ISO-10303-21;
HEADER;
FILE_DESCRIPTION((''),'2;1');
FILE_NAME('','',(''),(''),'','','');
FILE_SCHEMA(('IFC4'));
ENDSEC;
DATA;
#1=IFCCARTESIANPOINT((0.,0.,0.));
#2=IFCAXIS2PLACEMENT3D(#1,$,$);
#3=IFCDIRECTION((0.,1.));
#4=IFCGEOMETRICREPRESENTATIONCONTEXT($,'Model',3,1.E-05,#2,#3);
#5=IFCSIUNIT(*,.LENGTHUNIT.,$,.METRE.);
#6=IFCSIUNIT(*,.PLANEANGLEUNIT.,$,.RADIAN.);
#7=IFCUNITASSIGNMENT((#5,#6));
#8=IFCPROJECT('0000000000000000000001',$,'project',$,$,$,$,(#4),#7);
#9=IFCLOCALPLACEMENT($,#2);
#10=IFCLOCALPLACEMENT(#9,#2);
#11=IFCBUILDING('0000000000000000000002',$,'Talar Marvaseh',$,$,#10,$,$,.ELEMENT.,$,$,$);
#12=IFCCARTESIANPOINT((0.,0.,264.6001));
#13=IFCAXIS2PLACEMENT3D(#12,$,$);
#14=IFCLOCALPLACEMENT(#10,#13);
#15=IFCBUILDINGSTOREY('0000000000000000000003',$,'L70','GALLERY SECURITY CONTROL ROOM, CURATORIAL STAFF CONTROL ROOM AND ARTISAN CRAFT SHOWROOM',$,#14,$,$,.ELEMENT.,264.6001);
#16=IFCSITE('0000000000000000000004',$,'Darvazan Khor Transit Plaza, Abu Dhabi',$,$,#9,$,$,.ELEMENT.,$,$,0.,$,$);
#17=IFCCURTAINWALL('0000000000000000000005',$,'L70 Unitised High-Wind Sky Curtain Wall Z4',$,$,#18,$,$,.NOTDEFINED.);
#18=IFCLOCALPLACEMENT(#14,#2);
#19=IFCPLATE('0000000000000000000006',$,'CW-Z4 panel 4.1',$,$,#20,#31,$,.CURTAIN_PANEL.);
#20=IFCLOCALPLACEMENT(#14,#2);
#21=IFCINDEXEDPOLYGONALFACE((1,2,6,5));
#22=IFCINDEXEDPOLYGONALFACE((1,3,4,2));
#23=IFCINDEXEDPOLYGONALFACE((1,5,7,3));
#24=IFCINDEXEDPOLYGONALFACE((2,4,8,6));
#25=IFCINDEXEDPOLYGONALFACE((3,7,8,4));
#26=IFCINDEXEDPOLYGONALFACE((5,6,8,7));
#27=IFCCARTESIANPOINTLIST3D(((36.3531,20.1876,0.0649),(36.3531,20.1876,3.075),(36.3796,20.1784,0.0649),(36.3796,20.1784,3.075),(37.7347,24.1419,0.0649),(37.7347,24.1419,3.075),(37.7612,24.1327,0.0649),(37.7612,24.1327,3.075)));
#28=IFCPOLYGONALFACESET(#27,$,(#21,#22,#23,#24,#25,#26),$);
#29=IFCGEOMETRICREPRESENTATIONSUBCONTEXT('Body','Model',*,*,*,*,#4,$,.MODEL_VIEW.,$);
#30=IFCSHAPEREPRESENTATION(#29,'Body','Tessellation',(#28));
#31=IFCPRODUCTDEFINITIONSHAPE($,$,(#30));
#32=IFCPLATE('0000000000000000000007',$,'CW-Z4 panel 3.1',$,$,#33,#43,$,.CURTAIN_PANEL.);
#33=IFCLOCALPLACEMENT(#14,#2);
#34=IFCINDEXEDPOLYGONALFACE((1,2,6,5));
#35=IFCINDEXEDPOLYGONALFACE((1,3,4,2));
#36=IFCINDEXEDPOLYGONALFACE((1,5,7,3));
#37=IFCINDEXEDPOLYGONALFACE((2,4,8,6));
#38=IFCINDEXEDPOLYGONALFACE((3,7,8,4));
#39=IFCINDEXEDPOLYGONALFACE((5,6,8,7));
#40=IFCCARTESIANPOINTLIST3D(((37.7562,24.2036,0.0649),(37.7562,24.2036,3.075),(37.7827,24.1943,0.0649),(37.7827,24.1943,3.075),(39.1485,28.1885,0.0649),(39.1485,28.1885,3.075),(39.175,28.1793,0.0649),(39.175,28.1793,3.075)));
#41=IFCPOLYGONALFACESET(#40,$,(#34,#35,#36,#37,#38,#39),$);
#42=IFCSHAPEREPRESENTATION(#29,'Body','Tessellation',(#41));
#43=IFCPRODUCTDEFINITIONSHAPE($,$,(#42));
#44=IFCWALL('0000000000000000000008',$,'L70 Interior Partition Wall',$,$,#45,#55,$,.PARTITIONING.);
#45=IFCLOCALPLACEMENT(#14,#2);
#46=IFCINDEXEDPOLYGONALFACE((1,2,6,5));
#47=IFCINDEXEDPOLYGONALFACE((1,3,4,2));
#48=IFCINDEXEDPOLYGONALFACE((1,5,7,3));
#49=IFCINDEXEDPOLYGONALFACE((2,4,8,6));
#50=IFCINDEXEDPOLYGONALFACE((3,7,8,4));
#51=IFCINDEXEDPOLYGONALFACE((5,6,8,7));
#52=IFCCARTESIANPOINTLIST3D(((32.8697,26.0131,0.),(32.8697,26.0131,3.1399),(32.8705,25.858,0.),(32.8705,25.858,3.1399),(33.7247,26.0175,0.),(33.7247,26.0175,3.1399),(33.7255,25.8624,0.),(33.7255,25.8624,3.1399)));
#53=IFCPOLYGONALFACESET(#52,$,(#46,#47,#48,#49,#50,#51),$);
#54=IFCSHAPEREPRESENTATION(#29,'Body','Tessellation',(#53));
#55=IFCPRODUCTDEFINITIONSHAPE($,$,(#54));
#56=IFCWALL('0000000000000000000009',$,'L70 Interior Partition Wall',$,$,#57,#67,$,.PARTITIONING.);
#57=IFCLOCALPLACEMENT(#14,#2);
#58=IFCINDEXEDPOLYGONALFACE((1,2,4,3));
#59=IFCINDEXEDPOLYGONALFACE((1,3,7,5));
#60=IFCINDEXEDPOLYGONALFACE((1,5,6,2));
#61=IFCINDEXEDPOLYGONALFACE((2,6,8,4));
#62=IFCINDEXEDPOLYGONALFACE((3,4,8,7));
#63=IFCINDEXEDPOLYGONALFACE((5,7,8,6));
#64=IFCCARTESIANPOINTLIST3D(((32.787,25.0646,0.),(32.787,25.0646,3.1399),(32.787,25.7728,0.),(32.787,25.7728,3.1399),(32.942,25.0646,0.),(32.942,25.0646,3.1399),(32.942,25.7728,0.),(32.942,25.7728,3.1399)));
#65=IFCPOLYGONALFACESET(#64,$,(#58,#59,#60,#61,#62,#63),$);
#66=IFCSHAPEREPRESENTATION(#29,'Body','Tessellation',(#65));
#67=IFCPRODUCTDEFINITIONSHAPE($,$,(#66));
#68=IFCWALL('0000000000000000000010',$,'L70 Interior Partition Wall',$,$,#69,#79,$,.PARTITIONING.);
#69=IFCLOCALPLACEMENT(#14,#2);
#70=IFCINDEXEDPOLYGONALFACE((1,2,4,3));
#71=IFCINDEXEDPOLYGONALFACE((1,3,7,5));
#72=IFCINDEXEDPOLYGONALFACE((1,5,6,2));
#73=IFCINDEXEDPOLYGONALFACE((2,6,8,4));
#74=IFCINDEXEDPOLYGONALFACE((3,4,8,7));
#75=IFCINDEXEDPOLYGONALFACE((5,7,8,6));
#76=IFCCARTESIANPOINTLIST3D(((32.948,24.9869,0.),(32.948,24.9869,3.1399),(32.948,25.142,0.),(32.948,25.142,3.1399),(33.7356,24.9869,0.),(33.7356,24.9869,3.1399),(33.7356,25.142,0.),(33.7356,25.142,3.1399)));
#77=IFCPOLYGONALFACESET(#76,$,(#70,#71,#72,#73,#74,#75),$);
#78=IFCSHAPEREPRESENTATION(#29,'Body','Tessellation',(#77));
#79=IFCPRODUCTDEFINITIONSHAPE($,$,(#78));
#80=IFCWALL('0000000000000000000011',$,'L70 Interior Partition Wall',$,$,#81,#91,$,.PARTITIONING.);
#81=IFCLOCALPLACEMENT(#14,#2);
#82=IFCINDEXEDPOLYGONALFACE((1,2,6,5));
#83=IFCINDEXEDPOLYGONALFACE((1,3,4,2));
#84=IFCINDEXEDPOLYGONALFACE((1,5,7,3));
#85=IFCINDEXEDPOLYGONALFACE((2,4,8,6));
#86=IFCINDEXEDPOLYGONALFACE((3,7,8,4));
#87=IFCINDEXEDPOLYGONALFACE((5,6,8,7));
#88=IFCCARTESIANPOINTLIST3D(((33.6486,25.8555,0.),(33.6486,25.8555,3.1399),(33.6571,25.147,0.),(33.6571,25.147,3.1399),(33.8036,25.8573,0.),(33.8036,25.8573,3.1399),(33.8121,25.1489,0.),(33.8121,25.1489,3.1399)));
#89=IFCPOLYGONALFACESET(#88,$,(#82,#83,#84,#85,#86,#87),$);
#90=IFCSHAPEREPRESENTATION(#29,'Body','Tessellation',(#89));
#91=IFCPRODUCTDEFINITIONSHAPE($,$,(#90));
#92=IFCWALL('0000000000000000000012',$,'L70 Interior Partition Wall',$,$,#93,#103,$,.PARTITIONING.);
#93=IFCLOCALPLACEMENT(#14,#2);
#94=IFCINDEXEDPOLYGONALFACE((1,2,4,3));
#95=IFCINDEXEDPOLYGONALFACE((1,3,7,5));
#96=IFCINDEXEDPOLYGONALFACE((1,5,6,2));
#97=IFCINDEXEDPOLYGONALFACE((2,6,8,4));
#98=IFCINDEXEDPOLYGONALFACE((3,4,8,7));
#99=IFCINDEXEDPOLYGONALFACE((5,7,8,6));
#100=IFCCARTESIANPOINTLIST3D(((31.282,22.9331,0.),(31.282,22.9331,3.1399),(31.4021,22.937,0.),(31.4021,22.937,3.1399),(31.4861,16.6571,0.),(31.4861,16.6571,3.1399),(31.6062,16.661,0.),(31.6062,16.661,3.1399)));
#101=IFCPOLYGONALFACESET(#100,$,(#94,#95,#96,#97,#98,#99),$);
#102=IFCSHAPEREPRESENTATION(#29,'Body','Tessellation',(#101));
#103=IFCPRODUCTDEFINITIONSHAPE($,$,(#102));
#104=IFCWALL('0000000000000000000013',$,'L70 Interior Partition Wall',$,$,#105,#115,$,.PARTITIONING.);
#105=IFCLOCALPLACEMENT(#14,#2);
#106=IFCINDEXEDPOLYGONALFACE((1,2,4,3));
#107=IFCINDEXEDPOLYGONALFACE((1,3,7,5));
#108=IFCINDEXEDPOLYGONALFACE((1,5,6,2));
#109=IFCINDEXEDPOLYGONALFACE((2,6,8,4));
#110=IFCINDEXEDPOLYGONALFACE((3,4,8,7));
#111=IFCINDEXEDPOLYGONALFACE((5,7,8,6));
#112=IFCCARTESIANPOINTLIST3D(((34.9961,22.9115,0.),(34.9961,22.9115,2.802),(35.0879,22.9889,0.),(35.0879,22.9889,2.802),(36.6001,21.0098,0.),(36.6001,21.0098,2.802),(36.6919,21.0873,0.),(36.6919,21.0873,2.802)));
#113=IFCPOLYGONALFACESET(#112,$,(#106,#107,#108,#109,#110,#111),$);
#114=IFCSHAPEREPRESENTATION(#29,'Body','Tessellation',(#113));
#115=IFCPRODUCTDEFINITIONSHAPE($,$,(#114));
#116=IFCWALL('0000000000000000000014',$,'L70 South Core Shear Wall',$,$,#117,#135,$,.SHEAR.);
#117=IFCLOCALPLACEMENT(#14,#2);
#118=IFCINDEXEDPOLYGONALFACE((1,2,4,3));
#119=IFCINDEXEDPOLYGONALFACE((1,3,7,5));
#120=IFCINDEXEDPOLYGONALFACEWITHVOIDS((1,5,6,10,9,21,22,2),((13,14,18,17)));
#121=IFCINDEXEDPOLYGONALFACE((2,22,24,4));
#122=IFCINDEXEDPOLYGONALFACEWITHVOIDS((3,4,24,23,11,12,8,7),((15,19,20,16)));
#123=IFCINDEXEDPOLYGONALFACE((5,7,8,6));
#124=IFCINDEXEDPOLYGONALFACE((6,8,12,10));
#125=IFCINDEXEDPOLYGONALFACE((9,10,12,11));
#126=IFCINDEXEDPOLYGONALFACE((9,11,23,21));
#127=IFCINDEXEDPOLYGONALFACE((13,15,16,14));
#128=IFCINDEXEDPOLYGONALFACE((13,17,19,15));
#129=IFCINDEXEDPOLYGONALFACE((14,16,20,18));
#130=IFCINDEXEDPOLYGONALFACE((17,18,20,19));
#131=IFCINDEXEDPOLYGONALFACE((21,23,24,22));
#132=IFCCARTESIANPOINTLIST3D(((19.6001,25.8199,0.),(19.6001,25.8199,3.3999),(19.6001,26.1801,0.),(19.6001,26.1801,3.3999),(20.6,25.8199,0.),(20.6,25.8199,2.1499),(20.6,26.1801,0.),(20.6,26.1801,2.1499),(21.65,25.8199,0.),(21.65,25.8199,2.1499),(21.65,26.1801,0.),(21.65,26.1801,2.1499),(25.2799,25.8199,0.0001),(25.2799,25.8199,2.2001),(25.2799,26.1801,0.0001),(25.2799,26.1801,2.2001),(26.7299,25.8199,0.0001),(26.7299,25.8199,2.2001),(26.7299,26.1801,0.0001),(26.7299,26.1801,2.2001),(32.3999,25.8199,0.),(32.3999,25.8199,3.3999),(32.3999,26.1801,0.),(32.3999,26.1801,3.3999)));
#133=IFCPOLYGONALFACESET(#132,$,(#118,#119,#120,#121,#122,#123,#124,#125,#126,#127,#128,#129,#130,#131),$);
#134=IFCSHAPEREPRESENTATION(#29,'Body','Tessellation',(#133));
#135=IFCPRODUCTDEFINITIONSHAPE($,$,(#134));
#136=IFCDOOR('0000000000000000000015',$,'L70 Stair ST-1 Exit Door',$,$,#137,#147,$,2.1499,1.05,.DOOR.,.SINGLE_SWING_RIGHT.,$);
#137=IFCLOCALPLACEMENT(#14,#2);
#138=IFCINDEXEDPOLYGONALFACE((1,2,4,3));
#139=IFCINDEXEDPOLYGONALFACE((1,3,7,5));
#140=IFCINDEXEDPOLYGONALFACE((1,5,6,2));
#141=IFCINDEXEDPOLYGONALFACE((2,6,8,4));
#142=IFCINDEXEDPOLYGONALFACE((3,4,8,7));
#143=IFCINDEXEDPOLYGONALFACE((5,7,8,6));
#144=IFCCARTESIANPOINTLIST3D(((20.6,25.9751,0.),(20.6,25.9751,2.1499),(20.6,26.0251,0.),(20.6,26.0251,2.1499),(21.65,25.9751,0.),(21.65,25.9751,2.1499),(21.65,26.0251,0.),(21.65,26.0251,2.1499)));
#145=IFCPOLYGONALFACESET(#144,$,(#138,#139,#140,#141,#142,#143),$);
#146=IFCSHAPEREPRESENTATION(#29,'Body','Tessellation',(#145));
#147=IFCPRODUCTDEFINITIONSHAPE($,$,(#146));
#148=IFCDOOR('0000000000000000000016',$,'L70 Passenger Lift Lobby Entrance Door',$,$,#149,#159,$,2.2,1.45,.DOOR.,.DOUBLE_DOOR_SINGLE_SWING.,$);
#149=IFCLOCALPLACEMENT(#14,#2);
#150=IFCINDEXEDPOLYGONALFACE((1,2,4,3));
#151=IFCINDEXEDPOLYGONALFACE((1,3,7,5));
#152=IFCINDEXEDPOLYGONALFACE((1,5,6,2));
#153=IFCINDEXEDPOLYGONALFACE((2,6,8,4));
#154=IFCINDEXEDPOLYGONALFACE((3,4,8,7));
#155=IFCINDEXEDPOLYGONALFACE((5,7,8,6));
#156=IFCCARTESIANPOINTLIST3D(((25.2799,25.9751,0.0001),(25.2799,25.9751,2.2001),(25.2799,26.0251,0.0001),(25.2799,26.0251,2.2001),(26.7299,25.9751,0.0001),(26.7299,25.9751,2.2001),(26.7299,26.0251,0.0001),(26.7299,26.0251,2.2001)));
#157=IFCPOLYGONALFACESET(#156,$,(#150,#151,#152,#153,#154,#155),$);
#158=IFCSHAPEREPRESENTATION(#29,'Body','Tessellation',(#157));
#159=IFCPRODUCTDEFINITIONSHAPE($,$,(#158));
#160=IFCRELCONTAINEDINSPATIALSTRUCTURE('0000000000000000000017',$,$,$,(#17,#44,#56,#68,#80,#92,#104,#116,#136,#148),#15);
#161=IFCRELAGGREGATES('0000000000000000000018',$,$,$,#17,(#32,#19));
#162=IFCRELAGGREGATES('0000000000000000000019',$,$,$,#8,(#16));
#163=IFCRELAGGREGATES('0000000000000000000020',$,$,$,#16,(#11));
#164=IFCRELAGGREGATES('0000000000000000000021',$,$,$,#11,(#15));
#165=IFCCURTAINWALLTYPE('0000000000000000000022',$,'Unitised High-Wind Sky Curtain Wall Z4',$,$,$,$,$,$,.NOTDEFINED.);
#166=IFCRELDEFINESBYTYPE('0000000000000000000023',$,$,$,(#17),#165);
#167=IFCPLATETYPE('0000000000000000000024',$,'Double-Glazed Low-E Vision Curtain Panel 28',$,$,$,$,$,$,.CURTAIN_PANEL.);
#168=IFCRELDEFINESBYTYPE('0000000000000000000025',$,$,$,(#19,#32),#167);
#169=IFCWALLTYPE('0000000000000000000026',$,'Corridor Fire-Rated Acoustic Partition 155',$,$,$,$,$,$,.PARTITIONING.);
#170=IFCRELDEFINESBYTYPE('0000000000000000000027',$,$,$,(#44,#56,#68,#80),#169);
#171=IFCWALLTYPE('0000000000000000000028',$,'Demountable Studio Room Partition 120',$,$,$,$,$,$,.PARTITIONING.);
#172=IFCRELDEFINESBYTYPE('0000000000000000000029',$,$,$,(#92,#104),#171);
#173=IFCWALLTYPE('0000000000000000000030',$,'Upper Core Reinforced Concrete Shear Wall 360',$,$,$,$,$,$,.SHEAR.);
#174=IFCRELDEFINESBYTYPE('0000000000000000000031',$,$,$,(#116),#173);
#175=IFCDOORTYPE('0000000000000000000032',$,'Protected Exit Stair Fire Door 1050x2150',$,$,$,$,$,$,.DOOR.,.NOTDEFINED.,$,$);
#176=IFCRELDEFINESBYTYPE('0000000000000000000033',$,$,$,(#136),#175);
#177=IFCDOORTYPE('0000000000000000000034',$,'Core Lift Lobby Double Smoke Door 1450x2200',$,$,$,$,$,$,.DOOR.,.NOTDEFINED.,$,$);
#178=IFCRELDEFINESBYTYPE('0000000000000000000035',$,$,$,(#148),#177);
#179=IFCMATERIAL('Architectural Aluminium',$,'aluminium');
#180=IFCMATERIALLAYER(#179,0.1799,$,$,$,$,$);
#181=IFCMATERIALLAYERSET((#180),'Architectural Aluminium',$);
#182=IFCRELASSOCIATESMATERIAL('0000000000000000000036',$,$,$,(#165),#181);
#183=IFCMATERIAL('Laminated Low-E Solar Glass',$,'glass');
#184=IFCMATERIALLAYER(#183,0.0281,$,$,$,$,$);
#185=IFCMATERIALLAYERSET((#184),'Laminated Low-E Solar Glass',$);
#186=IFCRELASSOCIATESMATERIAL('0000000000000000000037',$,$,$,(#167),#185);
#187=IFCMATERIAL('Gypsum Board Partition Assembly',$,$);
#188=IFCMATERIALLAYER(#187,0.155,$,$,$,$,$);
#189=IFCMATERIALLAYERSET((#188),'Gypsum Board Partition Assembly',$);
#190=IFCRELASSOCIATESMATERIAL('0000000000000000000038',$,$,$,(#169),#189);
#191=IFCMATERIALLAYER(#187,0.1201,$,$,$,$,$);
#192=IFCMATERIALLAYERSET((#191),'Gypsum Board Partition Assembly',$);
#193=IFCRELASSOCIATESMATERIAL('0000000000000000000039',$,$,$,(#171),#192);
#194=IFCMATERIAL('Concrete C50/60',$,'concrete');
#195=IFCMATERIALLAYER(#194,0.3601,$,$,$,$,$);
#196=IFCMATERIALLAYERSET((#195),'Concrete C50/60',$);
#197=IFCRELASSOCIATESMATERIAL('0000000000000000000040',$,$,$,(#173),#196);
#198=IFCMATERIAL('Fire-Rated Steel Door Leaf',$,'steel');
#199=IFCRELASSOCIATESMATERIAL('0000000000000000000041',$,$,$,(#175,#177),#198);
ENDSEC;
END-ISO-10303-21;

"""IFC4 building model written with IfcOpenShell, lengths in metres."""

from ifc_helpers import new_model, si_unit, direction, frame, frame_2d, origin, origin_2d, place, context, subcontext, project, spatial, rectangle, extrude, source, transform, mapped, material, layer, layer_set, type_object, type_shapes, element, fill, aggregate, save


model = new_model("IFC4")

# Units and contexts
model_context = context("Model", 3, precision=1e-05, world=origin(), true_north=direction((0.0, 1.0)))
body_context = subcontext(model_context, "Body", "Model", "MODEL_VIEW")
ifc_project = project(units=[si_unit("LENGTHUNIT", "METRE"), si_unit("PLANEANGLEUNIT", "RADIAN")], contexts=[model_context])

# Site, building, storey
site_placement = place(None, origin())
site = spatial("IfcSite", under=ifc_project, at=site_placement, Name="Darvazan Khor Transit Plaza, Abu Dhabi", CompositionType="ELEMENT", RefElevation=0.0)
building_placement = place(site_placement, origin())
building = spatial("IfcBuilding", under=site, at=building_placement, Name="Talar Marvaseh", CompositionType="ELEMENT")
storey_placement = place(building_placement, frame((0.0, 0.0, 264.6001)))
storey = spatial("IfcBuildingStorey", under=building, at=storey_placement, Name="L70", Description="GALLERY SECURITY CONTROL ROOM, CURATORIAL STAFF CONTROL ROOM AND ARTISAN CRAFT SHOWROOM", CompositionType="ELEMENT", Elevation=264.6001)

# Shared definitions
ifc_material_1 = material(Name="Concrete C50/60", Category="concrete")

# Curtain wall, plates
ifc_material_2 = material(Name="Architectural Aluminium", Category="aluminium")
ifc_layer_1 = layer(ifc_material_2, 0.1799)
ifc_layer_set_1 = layer_set([ifc_layer_1], Name="Architectural Aluminium")
curtain_wall_type = type_object("IfcCurtainWallType", Name="Unitised High-Wind Sky Curtain Wall Z4", PredefinedType="NOTDEFINED", material=ifc_layer_set_1)
curtain_wall_placement = place(storey_placement, origin())
curtain_wall = element("IfcCurtainWall", 1, at=curtain_wall_placement, inside=storey, type_object=curtain_wall_type, Name="L70 Unitised High-Wind Sky Curtain Wall Z4", PredefinedType="NOTDEFINED")
ifc_material_3 = material(Name="Laminated Low-E Solar Glass", Category="glass")
ifc_layer_2 = layer(ifc_material_3, 0.0281)
ifc_layer_set_2 = layer_set([ifc_layer_2], Name="Laminated Low-E Solar Glass")
plate_type = type_object("IfcPlateType", Name="Double-Glazed Low-E Vision Curtain Panel 28", PredefinedType="CURTAIN_PANEL", material=ifc_layer_set_2)
shared_shape_1 = source(origin(), body_context, "Body", "SweptSolid", [
    extrude(rectangle(XDim=4.1887, YDim=0.0281, at=origin_2d()), origin(), (0.0, 0.0, 1.0), 3.01),
])
plate_1_placement = place(storey_placement, frame((37.0571, 22.1602, 0.0649), z_axis=(0.0, 0.0, 1.0), x_axis=(-0.329838, -0.944038, 0.0)))
plate_1 = element("IfcPlate", 2, at=plate_1_placement, type_object=plate_type, Name="CW-Z4 panel 4.1", PredefinedType="CURTAIN_PANEL", context=body_context, shape_type="MappedRepresentation", body=[
    mapped(shared_shape_1, transform((0.0, 0.0, 0.0), x_axis=(1.0, 0.0, 0.0), y_axis=(0.0, 1.0, 0.0), z_axis=(0.0, 0.0, 1.0), scale=1.0)),
])
shared_shape_2 = source(origin(), body_context, "Body", "SweptSolid", [
    extrude(rectangle(XDim=4.2212, YDim=0.0281, at=origin_2d()), origin(), (0.0, 0.0, 1.0), 3.01),
])
type_shapes(plate_type, [shared_shape_1, shared_shape_2])
plate_2_placement = place(storey_placement, frame((38.4656, 26.1914, 0.0649), z_axis=(0.0, 0.0, 1.0), x_axis=(-0.329838, -0.944038, 0.0)))
plate_2 = element("IfcPlate", 3, at=plate_2_placement, type_object=plate_type, Name="CW-Z4 panel 3.1", PredefinedType="CURTAIN_PANEL", context=body_context, shape_type="MappedRepresentation", body=[
    mapped(shared_shape_2, transform((0.0, 0.0, 0.0), x_axis=(1.0, 0.0, 0.0), y_axis=(0.0, 1.0, 0.0), z_axis=(0.0, 0.0, 1.0), scale=1.0)),
])
aggregate(curtain_wall, [plate_2, plate_1])

# Shared definitions
ifc_material_4 = material(Name="Gypsum Board Partition Assembly")
ifc_layer_3 = layer(ifc_material_4, 0.155)
ifc_layer_set_3 = layer_set([ifc_layer_3], Name="Gypsum Board Partition Assembly")
wall_type_1 = type_object("IfcWallType", Name="Corridor Fire-Rated Acoustic Partition 155", PredefinedType="PARTITIONING", material=ifc_layer_set_3)

# Walls
wall_1_placement = place(storey_placement, frame((33.7251, 25.9399, 0.0), z_axis=(0.0, 0.0, 1.0), x_axis=(-0.999987, -0.00514, 0.0)))
element("IfcWall", 4, at=wall_1_placement, inside=storey, type_object=wall_type_1, Name="L70 Interior Partition Wall", PredefinedType="PARTITIONING", context=body_context, shape_type="SweptSolid", body=[
    extrude(rectangle(XDim=0.855, YDim=0.155, at=frame_2d((0.4275, 0.0))), origin(), (0.0, 0.0, 1.0), 3.1399),
])
wall_2_placement = place(storey_placement, frame((32.8645, 25.7727, 0.0), z_axis=(0.0, 0.0, 1.0), x_axis=(0.0, -1.0, 0.0)))
element("IfcWall", 5, at=wall_2_placement, inside=storey, type_object=wall_type_1, Name="L70 Interior Partition Wall", PredefinedType="PARTITIONING", context=body_context, shape_type="SweptSolid", body=[
    extrude(rectangle(XDim=0.7083, YDim=0.155, at=frame_2d((0.354, 0.0))), origin(), (0.0, 0.0, 1.0), 3.1399),
])
wall_3_placement = place(storey_placement, frame((32.948, 25.0645, 0.0), z_axis=(0.0, 0.0, 1.0), x_axis=(1.0, 0.0, 0.0)))
element("IfcWall", 6, at=wall_3_placement, inside=storey, type_object=wall_type_1, Name="L70 Interior Partition Wall", PredefinedType="PARTITIONING", context=body_context, shape_type="SweptSolid", body=[
    extrude(rectangle(XDim=0.7876, YDim=0.155, at=frame_2d((0.3938, 0.0))), origin(), (0.0, 0.0, 1.0), 3.1399),
])
wall_4_placement = place(storey_placement, frame((33.7346, 25.1479, 0.0), z_axis=(0.0, 0.0, 1.0), x_axis=(-0.01206, 0.999927, 0.0)))
element("IfcWall", 7, at=wall_4_placement, inside=storey, type_object=wall_type_1, Name="L70 Interior Partition Wall", PredefinedType="PARTITIONING", context=body_context, shape_type="SweptSolid", body=[
    extrude(rectangle(XDim=0.7085, YDim=0.155, at=frame_2d((0.3542, 0.0))), origin(), (0.0, 0.0, 1.0), 3.1399),
])
ifc_layer_4 = layer(ifc_material_4, 0.1201)
ifc_layer_set_4 = layer_set([ifc_layer_4], Name="Gypsum Board Partition Assembly")
wall_type_2 = type_object("IfcWallType", Name="Demountable Studio Room Partition 120", PredefinedType="PARTITIONING", material=ifc_layer_set_4)
wall_5_placement = place(storey_placement, frame((31.342, 22.9351, 0.0), z_axis=(0.0, 0.0, 1.0), x_axis=(0.032504, -0.999472, 0.0)))
element("IfcWall", 8, at=wall_5_placement, inside=storey, type_object=wall_type_2, Name="L70 Interior Partition Wall", PredefinedType="PARTITIONING", context=body_context, shape_type="SweptSolid", body=[
    extrude(rectangle(XDim=6.2793, YDim=0.1201, at=frame_2d((3.1396, 0.0))), origin(), (0.0, 0.0, 1.0), 3.1399),
])
wall_6_placement = place(storey_placement, frame((35.042, 22.9502, 0.0), z_axis=(0.0, 0.0, 1.0), x_axis=(0.644758, -0.764387, 0.0)))
element("IfcWall", 9, at=wall_6_placement, inside=storey, type_object=wall_type_2, Name="L70 Interior Partition Wall", PredefinedType="PARTITIONING", context=body_context, shape_type="SweptSolid", body=[
    extrude(rectangle(XDim=2.4878, YDim=0.1201, at=frame_2d((1.2439, 0.0))), origin(), (0.0, 0.0, 1.0), 2.802),
])

# Wall, openings, doors
ifc_layer_5 = layer(ifc_material_1, 0.3601)
ifc_layer_set_5 = layer_set([ifc_layer_5], Name="Concrete C50/60")
wall_type_3 = type_object("IfcWallType", Name="Upper Core Reinforced Concrete Shear Wall 360", PredefinedType="SHEAR", material=ifc_layer_set_5)
wall_7_placement = place(storey_placement, frame((32.3999, 26.0, 0.0), z_axis=(0.0, 0.0, 1.0), x_axis=(-1.0, 0.0, 0.0)))
wall_7 = element("IfcWall", 10, at=wall_7_placement, inside=storey, type_object=wall_type_3, Name="L70 South Core Shear Wall", PredefinedType="SHEAR", context=body_context, shape_type="SweptSolid", body=[
    extrude(rectangle(XDim=12.7998, YDim=0.3601, at=frame_2d((6.3999, 0.0))), origin(), (0.0, 0.0, 1.0), 3.3999),
])
opening_1_placement = place(wall_7_placement, frame((10.75, 0.0, 0.0)))
opening_1 = element("IfcOpeningElement", 11, at=opening_1_placement, cuts=wall_7, PredefinedType="OPENING", context=body_context, shape_type="SweptSolid", body=[
    extrude(rectangle(XDim=1.05, YDim=2.1499, at=frame_2d((0.5249, 1.075))), frame((0.0, 0.1899, 0.0), z_axis=(0.0, -1.0, 0.0), x_axis=(1.0, 0.0, 0.0)), (0.0, 0.0, 1.0), 0.3801),
])
opening_2_placement = place(wall_7_placement, frame((5.6699, 0.0, 0.0)))
opening_2 = element("IfcOpeningElement", 12, at=opening_2_placement, cuts=wall_7, PredefinedType="OPENING", context=body_context, shape_type="SweptSolid", body=[
    extrude(rectangle(XDim=1.45, YDim=2.2, at=frame_2d((0.7251, 1.1001))), frame((0.0, 0.1899, 0.0), z_axis=(0.0, -1.0, 0.0), x_axis=(1.0, 0.0, 0.0)), (0.0, 0.0, 1.0), 0.3801),
])
ifc_material_5 = material(Name="Fire-Rated Steel Door Leaf", Category="steel")
door_type_1 = type_object("IfcDoorType", Name="Protected Exit Stair Fire Door 1050x2150", OperationType="NOTDEFINED", PredefinedType="DOOR", material=ifc_material_5)
shared_shape_3 = source(origin(), body_context, "Body", "SweptSolid", [
    extrude(rectangle(XDim=1.05, YDim=2.1499, at=frame_2d((0.5249, 1.075))), frame((0.0, 0.0249, 0.0), z_axis=(0.0, -1.0, 0.0), x_axis=(1.0, 0.0, 0.0)), (0.0, 0.0, 1.0), 0.05),
])
type_shapes(door_type_1, [shared_shape_3])
door_1_placement = place(opening_1_placement, origin())
door_1 = element("IfcDoor", 13, at=door_1_placement, inside=storey, type_object=door_type_1, Name="L70 Stair ST-1 Exit Door", OperationType="SINGLE_SWING_RIGHT", OverallHeight=2.1499, OverallWidth=1.05, PredefinedType="DOOR", context=body_context, shape_type="MappedRepresentation", body=[
    mapped(shared_shape_3, transform((0.0, 0.0, 0.0), x_axis=(1.0, 0.0, 0.0), y_axis=(0.0, 1.0, 0.0), z_axis=(0.0, 0.0, 1.0), scale=1.0)),
])
fill(opening_1, door_1)
door_type_2 = type_object("IfcDoorType", Name="Core Lift Lobby Double Smoke Door 1450x2200", OperationType="NOTDEFINED", PredefinedType="DOOR", material=ifc_material_5)
shared_shape_4 = source(origin(), body_context, "Body", "SweptSolid", [
    extrude(rectangle(XDim=1.45, YDim=2.2, at=frame_2d((0.7251, 1.1001))), frame((0.0, 0.0249, 0.0), z_axis=(0.0, -1.0, 0.0), x_axis=(1.0, 0.0, 0.0)), (0.0, 0.0, 1.0), 0.05),
])
type_shapes(door_type_2, [shared_shape_4])
door_2_placement = place(opening_2_placement, origin())
door_2 = element("IfcDoor", 14, at=door_2_placement, inside=storey, type_object=door_type_2, Name="L70 Passenger Lift Lobby Entrance Door", OperationType="DOUBLE_DOOR_SINGLE_SWING", OverallHeight=2.2, OverallWidth=1.45, PredefinedType="DOOR", context=body_context, shape_type="MappedRepresentation", body=[
    mapped(shared_shape_4, transform((0.0, 0.0, 0.0), x_axis=(1.0, 0.0, 0.0), y_axis=(0.0, 1.0, 0.0), z_axis=(0.0, 0.0, 1.0), scale=1.0)),
])
fill(opening_2, door_2)

save(model, "model.ifc")
